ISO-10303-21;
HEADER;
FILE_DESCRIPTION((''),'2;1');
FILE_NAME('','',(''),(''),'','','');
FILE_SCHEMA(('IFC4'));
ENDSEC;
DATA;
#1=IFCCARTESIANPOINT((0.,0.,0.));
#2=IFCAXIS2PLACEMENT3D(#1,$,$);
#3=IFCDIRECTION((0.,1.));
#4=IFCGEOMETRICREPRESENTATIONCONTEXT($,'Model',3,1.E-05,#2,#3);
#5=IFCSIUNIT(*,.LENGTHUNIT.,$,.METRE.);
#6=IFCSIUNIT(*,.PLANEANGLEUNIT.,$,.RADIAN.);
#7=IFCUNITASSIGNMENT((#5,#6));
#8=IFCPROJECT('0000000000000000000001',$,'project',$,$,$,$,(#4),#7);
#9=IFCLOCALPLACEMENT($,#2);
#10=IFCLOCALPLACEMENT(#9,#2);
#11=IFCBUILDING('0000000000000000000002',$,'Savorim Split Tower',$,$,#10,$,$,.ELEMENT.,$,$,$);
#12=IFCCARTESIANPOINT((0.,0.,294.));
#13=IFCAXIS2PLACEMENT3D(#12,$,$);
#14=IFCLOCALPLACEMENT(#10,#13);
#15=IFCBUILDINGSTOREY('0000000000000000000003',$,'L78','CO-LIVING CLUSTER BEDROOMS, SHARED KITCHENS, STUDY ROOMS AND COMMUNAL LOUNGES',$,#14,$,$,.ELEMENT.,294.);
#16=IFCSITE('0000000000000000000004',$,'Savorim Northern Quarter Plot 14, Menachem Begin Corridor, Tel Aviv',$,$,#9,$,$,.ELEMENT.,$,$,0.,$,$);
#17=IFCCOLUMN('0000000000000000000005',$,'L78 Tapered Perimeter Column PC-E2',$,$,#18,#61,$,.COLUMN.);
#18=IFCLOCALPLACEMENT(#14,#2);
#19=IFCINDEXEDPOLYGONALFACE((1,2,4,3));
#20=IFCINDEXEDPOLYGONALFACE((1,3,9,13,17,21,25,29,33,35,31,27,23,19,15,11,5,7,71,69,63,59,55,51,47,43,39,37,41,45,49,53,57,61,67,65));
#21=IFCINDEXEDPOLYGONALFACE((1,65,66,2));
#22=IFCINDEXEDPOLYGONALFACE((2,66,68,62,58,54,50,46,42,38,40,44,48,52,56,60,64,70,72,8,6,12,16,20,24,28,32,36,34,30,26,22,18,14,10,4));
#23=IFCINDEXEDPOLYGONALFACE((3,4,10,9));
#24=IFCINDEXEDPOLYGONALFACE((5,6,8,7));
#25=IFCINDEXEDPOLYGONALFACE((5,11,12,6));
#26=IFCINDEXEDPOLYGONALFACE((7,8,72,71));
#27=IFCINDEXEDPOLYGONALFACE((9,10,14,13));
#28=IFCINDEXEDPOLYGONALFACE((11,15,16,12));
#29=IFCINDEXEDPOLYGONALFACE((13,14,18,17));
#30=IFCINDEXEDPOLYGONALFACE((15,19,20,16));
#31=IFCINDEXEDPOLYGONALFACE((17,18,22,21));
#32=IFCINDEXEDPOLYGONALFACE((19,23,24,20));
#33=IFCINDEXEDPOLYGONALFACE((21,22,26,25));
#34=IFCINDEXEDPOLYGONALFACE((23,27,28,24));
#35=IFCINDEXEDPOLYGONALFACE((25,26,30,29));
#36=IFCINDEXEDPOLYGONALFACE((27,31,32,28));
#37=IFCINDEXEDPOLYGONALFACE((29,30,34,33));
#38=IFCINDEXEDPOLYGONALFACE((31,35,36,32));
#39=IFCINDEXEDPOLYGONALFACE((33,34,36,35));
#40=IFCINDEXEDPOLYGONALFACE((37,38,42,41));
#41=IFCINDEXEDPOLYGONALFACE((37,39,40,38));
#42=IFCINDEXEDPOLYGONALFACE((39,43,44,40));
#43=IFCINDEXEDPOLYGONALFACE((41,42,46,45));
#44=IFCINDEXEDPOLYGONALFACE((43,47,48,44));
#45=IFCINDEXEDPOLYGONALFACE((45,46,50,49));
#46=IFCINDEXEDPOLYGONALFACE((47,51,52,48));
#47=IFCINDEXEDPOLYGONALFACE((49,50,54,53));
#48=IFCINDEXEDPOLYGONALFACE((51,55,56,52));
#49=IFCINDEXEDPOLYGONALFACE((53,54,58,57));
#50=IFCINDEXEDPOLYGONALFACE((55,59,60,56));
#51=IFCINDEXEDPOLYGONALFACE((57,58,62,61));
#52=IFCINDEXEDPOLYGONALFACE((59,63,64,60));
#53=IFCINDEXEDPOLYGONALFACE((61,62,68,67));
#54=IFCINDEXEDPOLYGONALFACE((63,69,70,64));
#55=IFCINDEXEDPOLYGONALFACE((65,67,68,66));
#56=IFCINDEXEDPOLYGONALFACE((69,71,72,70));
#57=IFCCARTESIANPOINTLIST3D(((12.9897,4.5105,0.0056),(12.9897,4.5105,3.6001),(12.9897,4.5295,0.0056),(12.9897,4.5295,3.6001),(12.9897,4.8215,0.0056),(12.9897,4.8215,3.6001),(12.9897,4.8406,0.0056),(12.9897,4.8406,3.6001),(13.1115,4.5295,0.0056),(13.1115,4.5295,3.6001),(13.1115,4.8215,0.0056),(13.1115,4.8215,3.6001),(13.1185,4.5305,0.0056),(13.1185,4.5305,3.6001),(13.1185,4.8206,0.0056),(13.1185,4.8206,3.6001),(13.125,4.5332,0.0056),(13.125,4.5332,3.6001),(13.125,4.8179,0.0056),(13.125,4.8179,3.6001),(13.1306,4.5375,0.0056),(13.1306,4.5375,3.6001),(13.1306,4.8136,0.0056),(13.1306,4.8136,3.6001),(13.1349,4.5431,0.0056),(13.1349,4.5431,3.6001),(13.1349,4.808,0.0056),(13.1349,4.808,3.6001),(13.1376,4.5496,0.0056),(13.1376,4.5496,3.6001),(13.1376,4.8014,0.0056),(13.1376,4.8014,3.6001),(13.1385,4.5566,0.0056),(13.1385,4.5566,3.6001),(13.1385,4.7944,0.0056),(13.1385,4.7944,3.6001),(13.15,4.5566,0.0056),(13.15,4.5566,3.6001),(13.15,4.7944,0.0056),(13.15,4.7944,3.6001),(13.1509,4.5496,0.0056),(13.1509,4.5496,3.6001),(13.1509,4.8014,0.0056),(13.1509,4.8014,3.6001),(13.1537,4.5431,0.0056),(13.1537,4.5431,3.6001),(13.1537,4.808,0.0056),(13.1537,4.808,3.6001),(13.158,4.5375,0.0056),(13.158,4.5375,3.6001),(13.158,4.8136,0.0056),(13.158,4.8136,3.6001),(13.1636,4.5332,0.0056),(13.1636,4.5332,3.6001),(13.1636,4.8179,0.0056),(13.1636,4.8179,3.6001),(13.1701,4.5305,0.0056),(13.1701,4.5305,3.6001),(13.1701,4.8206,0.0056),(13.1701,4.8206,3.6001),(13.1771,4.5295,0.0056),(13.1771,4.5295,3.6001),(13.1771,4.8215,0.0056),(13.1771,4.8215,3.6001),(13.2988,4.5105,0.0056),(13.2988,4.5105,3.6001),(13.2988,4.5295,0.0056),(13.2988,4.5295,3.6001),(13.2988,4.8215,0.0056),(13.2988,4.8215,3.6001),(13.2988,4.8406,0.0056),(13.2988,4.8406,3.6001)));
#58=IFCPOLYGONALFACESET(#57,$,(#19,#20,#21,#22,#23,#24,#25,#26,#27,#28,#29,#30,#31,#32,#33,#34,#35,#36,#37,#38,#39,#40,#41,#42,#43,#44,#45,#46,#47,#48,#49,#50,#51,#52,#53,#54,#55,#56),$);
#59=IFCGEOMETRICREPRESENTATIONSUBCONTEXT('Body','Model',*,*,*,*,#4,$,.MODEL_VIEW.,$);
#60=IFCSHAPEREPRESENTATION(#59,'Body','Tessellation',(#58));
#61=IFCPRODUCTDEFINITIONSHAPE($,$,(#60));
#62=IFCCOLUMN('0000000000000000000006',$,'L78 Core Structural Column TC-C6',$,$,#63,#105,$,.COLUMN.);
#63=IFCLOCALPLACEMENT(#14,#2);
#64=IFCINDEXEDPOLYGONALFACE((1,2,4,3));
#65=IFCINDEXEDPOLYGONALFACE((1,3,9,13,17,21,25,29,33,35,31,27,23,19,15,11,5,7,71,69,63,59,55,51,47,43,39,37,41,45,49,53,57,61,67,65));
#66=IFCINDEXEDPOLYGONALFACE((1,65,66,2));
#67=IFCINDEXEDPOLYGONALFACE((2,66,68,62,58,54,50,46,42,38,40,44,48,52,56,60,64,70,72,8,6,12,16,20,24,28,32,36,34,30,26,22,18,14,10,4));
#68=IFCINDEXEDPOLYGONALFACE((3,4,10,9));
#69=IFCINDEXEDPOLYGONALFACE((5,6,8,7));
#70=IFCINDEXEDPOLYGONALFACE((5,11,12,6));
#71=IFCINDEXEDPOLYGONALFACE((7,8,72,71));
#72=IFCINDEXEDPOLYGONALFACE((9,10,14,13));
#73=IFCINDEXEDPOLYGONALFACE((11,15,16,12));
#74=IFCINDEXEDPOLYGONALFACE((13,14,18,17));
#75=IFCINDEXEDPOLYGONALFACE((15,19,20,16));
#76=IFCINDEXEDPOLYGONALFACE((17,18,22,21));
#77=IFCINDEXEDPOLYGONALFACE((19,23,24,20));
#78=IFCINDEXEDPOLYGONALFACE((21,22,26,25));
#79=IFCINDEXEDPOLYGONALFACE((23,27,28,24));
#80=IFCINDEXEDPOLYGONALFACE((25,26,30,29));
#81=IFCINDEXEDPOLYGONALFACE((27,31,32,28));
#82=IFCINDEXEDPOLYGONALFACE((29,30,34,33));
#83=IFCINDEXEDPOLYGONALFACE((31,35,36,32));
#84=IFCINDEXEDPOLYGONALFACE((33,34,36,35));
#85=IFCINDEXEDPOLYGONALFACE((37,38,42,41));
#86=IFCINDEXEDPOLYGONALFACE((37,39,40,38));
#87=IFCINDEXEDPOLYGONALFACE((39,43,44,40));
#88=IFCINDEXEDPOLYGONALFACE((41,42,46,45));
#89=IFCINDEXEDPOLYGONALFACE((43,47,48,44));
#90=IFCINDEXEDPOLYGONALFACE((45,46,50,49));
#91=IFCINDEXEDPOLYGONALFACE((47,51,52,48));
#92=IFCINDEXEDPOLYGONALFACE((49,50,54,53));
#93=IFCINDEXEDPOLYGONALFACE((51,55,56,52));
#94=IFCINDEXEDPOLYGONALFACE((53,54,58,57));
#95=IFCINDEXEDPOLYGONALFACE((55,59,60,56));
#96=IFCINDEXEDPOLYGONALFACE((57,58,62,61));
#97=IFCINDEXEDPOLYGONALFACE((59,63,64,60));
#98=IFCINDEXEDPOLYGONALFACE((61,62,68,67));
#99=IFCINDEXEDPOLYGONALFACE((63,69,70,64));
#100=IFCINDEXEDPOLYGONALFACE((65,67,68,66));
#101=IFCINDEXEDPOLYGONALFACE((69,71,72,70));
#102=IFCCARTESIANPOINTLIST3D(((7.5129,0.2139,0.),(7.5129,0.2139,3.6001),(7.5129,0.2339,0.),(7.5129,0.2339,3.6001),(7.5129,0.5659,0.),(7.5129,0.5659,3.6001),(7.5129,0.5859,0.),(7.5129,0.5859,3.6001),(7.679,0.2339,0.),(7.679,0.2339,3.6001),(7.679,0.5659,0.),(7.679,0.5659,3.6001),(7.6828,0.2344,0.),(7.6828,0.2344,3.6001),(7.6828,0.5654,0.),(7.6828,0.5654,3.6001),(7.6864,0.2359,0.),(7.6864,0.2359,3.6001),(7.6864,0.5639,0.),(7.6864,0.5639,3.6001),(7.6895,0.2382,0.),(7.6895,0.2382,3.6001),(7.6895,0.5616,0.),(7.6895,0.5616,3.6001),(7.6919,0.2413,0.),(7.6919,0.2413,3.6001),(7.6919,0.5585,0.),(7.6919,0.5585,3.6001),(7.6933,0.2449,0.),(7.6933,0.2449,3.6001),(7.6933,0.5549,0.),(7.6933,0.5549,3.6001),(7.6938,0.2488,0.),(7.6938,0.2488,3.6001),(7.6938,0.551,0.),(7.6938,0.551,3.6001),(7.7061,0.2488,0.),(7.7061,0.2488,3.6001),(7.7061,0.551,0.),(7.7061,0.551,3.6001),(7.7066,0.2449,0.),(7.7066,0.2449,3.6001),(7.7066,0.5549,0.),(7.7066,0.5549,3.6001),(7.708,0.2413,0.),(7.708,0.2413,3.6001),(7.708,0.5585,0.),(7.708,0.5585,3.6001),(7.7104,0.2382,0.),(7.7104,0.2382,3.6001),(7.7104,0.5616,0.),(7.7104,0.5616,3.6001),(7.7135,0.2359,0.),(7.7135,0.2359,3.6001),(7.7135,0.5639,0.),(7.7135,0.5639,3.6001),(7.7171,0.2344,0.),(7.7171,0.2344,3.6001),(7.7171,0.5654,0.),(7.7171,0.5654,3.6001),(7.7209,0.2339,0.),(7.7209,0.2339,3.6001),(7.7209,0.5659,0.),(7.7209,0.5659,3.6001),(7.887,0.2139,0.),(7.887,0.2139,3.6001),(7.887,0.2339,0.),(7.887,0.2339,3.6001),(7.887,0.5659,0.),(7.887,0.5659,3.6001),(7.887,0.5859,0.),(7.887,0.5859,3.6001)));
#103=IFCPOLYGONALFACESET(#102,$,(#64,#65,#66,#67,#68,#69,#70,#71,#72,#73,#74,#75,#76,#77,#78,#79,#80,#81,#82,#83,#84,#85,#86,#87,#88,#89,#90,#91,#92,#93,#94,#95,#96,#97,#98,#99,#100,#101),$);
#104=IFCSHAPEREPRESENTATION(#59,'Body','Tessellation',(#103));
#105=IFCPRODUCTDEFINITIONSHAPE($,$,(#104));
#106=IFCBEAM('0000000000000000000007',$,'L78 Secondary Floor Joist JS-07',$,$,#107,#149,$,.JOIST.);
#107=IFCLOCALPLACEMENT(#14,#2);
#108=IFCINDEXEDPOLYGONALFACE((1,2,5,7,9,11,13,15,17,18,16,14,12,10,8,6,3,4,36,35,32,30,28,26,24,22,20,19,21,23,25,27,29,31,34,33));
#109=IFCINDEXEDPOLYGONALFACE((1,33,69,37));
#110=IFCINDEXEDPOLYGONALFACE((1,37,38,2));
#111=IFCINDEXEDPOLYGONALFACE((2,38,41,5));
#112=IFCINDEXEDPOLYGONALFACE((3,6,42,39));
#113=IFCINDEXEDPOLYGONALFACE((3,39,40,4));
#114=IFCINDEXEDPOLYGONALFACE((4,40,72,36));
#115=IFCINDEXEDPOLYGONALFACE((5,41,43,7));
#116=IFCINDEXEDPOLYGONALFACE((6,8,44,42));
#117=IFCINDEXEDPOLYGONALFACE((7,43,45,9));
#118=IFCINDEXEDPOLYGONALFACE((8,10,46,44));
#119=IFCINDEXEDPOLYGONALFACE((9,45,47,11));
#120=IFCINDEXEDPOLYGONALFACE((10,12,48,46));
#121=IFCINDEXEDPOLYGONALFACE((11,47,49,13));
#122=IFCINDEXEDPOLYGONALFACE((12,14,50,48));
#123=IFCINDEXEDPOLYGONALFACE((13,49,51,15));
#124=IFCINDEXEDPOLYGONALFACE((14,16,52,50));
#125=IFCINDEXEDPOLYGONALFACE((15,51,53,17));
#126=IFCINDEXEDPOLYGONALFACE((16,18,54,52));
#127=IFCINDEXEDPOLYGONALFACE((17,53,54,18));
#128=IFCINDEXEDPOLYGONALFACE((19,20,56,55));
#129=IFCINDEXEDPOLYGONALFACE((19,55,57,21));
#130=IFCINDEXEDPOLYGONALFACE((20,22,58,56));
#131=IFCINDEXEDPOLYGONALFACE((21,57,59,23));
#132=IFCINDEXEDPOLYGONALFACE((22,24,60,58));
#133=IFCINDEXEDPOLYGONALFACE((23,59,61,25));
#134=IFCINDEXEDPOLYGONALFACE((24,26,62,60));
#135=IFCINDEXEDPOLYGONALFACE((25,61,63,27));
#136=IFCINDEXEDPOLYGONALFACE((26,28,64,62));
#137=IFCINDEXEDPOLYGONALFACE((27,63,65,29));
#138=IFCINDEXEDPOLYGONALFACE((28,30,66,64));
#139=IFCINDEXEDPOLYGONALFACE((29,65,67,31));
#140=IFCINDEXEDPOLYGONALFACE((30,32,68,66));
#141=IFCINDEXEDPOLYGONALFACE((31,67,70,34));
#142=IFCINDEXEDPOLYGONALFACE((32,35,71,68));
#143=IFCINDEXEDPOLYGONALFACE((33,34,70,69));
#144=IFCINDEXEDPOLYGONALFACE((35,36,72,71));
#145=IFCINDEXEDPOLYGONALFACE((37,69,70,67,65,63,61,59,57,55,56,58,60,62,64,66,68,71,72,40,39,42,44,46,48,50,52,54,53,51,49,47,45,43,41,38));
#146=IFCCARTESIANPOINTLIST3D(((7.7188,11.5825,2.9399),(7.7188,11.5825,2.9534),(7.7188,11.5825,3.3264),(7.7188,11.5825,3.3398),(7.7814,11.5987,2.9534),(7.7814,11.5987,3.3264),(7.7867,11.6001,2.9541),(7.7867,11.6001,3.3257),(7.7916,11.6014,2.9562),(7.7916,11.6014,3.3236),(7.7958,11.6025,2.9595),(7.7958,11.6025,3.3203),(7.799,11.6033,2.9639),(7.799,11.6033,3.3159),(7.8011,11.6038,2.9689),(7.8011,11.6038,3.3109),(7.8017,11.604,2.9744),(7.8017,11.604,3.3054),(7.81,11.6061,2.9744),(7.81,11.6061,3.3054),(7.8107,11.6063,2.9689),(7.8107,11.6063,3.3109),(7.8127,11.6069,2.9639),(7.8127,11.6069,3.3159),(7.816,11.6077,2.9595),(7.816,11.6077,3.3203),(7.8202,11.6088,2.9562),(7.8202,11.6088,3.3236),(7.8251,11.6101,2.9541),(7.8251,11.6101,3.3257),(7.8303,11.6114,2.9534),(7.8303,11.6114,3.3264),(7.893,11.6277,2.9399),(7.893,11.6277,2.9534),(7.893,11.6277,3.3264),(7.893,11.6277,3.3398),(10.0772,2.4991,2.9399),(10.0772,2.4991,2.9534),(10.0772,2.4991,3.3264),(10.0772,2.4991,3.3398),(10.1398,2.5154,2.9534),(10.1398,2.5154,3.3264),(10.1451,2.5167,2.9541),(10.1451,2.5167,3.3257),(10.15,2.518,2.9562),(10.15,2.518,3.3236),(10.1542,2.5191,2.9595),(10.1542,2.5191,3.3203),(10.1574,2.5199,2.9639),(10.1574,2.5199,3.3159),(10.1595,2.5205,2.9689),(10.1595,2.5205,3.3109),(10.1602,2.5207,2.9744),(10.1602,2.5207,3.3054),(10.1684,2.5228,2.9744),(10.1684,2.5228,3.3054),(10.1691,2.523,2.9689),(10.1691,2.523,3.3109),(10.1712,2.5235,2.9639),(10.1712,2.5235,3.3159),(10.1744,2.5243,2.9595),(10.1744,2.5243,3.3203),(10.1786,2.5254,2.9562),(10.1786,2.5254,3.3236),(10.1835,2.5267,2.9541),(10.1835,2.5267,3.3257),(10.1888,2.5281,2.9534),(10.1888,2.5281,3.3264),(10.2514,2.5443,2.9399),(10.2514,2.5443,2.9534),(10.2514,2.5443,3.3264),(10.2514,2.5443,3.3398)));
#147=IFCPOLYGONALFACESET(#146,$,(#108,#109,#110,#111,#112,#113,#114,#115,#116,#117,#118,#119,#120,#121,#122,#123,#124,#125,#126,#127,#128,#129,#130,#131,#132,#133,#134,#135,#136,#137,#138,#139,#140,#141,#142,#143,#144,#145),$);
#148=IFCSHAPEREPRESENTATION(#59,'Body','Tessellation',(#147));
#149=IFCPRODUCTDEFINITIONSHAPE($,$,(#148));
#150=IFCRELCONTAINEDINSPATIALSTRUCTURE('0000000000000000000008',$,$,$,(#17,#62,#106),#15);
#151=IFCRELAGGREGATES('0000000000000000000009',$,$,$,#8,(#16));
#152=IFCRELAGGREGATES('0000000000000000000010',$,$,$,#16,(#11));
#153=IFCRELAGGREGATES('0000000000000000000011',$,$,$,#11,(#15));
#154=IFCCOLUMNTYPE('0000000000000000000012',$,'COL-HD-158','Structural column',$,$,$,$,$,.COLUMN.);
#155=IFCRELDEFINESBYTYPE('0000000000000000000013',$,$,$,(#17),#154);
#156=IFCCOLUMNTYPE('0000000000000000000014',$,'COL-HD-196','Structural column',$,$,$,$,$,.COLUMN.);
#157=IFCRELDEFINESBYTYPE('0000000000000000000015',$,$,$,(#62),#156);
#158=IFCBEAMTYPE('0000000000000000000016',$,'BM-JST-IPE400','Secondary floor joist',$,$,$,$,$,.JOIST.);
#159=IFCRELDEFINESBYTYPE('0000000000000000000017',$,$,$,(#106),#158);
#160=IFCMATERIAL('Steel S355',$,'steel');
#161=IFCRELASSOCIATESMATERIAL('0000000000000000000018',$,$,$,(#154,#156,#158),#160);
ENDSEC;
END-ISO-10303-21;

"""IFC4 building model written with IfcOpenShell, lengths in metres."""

from ifc_helpers import new_model, si_unit, direction, frame, origin, origin_2d, place, context, subcontext, project, spatial, i_section, extrude, material, material_profile, profile_set, type_object, element, save


model = new_model("IFC4")

# Units and contexts
model_context = context("Model", 3, precision=1e-05, world=origin(), true_north=direction((0.0, 1.0)))
body_context = subcontext(model_context, "Body", "Model", "MODEL_VIEW")
ifc_project = project(units=[si_unit("LENGTHUNIT", "METRE"), si_unit("PLANEANGLEUNIT", "RADIAN")], contexts=[model_context])

# Site, building, storey
site_placement = place(None, origin())
site = spatial("IfcSite", under=ifc_project, at=site_placement, Name="Savorim Northern Quarter Plot 14, Menachem Begin Corridor, Tel Aviv", CompositionType="ELEMENT", RefElevation=0.0)
building_placement = place(site_placement, origin())
building = spatial("IfcBuilding", under=site, at=building_placement, Name="Savorim Split Tower", CompositionType="ELEMENT")
storey_placement = place(building_placement, frame((0.0, 0.0, 294.0)))
storey = spatial("IfcBuildingStorey", under=building, at=storey_placement, Name="L78", Description="CO-LIVING CLUSTER BEDROOMS, SHARED KITCHENS, STUDY ROOMS AND COMMUNAL LOUNGES", CompositionType="ELEMENT", Elevation=294.0)

# Columns
ifc_material_1 = material(Name="Steel S355", Category="steel")
ifc_material_profile_1 = material_profile(ifc_material_1, i_section(OverallWidth=0.3091, OverallDepth=0.3301, WebThickness=0.0115, FlangeThickness=0.019, FilletRadius=0.0271, at=origin_2d()), Name="HD 320x158")
ifc_profile_set_1 = profile_set([ifc_material_profile_1], Name="Steel S355")
column_type_1 = type_object("IfcColumnType", Name="COL-HD-158", Description="Structural column", PredefinedType="COLUMN", material=ifc_profile_set_1)
column_1_placement = place(storey_placement, frame((13.1443, 4.6755, 0.0056), z_axis=(0.0, 0.0, 1.0), x_axis=(1.0, 0.0, 0.0)))
element("IfcColumn", 1, at=column_1_placement, inside=storey, type_object=column_type_1, Name="L78 Tapered Perimeter Column PC-E2", PredefinedType="COLUMN", context=body_context, shape_type="SweptSolid", body=[
    extrude(i_section(OverallWidth=0.3091, OverallDepth=0.3301, WebThickness=0.0115, FlangeThickness=0.019, FilletRadius=0.0271, at=origin_2d()), origin(), (0.0, 0.0, 1.0), 3.5945),
])
ifc_material_profile_2 = material_profile(ifc_material_1, i_section(OverallWidth=0.374, OverallDepth=0.3721, WebThickness=0.0122, FlangeThickness=0.02, FilletRadius=0.0149, at=origin_2d()), Name="HD 360x196")
ifc_profile_set_2 = profile_set([ifc_material_profile_2], Name="Steel S355")
column_type_2 = type_object("IfcColumnType", Name="COL-HD-196", Description="Structural column", PredefinedType="COLUMN", material=ifc_profile_set_2)
column_2_placement = place(storey_placement, frame((7.7, 0.3999, 0.0), z_axis=(0.0, 0.0, 1.0), x_axis=(1.0, 0.0, 0.0)))
element("IfcColumn", 2, at=column_2_placement, inside=storey, type_object=column_type_2, Name="L78 Core Structural Column TC-C6", PredefinedType="COLUMN", context=body_context, shape_type="SweptSolid", body=[
    extrude(i_section(OverallWidth=0.374, OverallDepth=0.3721, WebThickness=0.0122, FlangeThickness=0.02, FilletRadius=0.0149, at=origin_2d()), origin(), (0.0, 0.0, 1.0), 3.6001),
])

# Beam
ifc_material_profile_3 = material_profile(ifc_material_1, i_section(OverallWidth=0.1799, OverallDepth=0.3999, WebThickness=0.0085, FlangeThickness=0.0134, FilletRadius=0.021, at=origin_2d()), Name="IPE 400")
ifc_profile_set_3 = profile_set([ifc_material_profile_3], Name="Steel S355")
beam_type_1 = type_object("IfcBeamType", Name="BM-JST-IPE400", Description="Secondary floor joist", PredefinedType="JOIST", material=ifc_profile_set_3)
beam_1_placement = place(storey_placement, frame((10.1643, 2.5217, 3.1399), z_axis=(-0.25131, 0.967907, 0.0), x_axis=(-0.967907, -0.25131, 0.0)))
element("IfcBeam", 3, at=beam_1_placement, inside=storey, type_object=beam_type_1, Name="L78 Secondary Floor Joist JS-07", PredefinedType="JOIST", context=body_context, shape_type="SweptSolid", body=[
    extrude(i_section(OverallWidth=0.1799, OverallDepth=0.3999, WebThickness=0.0085, FlangeThickness=0.0134, FilletRadius=0.021, at=origin_2d()), origin(), (0.0, 0.0, 1.0), 9.3845),
])

save(model, "model.ifc")
